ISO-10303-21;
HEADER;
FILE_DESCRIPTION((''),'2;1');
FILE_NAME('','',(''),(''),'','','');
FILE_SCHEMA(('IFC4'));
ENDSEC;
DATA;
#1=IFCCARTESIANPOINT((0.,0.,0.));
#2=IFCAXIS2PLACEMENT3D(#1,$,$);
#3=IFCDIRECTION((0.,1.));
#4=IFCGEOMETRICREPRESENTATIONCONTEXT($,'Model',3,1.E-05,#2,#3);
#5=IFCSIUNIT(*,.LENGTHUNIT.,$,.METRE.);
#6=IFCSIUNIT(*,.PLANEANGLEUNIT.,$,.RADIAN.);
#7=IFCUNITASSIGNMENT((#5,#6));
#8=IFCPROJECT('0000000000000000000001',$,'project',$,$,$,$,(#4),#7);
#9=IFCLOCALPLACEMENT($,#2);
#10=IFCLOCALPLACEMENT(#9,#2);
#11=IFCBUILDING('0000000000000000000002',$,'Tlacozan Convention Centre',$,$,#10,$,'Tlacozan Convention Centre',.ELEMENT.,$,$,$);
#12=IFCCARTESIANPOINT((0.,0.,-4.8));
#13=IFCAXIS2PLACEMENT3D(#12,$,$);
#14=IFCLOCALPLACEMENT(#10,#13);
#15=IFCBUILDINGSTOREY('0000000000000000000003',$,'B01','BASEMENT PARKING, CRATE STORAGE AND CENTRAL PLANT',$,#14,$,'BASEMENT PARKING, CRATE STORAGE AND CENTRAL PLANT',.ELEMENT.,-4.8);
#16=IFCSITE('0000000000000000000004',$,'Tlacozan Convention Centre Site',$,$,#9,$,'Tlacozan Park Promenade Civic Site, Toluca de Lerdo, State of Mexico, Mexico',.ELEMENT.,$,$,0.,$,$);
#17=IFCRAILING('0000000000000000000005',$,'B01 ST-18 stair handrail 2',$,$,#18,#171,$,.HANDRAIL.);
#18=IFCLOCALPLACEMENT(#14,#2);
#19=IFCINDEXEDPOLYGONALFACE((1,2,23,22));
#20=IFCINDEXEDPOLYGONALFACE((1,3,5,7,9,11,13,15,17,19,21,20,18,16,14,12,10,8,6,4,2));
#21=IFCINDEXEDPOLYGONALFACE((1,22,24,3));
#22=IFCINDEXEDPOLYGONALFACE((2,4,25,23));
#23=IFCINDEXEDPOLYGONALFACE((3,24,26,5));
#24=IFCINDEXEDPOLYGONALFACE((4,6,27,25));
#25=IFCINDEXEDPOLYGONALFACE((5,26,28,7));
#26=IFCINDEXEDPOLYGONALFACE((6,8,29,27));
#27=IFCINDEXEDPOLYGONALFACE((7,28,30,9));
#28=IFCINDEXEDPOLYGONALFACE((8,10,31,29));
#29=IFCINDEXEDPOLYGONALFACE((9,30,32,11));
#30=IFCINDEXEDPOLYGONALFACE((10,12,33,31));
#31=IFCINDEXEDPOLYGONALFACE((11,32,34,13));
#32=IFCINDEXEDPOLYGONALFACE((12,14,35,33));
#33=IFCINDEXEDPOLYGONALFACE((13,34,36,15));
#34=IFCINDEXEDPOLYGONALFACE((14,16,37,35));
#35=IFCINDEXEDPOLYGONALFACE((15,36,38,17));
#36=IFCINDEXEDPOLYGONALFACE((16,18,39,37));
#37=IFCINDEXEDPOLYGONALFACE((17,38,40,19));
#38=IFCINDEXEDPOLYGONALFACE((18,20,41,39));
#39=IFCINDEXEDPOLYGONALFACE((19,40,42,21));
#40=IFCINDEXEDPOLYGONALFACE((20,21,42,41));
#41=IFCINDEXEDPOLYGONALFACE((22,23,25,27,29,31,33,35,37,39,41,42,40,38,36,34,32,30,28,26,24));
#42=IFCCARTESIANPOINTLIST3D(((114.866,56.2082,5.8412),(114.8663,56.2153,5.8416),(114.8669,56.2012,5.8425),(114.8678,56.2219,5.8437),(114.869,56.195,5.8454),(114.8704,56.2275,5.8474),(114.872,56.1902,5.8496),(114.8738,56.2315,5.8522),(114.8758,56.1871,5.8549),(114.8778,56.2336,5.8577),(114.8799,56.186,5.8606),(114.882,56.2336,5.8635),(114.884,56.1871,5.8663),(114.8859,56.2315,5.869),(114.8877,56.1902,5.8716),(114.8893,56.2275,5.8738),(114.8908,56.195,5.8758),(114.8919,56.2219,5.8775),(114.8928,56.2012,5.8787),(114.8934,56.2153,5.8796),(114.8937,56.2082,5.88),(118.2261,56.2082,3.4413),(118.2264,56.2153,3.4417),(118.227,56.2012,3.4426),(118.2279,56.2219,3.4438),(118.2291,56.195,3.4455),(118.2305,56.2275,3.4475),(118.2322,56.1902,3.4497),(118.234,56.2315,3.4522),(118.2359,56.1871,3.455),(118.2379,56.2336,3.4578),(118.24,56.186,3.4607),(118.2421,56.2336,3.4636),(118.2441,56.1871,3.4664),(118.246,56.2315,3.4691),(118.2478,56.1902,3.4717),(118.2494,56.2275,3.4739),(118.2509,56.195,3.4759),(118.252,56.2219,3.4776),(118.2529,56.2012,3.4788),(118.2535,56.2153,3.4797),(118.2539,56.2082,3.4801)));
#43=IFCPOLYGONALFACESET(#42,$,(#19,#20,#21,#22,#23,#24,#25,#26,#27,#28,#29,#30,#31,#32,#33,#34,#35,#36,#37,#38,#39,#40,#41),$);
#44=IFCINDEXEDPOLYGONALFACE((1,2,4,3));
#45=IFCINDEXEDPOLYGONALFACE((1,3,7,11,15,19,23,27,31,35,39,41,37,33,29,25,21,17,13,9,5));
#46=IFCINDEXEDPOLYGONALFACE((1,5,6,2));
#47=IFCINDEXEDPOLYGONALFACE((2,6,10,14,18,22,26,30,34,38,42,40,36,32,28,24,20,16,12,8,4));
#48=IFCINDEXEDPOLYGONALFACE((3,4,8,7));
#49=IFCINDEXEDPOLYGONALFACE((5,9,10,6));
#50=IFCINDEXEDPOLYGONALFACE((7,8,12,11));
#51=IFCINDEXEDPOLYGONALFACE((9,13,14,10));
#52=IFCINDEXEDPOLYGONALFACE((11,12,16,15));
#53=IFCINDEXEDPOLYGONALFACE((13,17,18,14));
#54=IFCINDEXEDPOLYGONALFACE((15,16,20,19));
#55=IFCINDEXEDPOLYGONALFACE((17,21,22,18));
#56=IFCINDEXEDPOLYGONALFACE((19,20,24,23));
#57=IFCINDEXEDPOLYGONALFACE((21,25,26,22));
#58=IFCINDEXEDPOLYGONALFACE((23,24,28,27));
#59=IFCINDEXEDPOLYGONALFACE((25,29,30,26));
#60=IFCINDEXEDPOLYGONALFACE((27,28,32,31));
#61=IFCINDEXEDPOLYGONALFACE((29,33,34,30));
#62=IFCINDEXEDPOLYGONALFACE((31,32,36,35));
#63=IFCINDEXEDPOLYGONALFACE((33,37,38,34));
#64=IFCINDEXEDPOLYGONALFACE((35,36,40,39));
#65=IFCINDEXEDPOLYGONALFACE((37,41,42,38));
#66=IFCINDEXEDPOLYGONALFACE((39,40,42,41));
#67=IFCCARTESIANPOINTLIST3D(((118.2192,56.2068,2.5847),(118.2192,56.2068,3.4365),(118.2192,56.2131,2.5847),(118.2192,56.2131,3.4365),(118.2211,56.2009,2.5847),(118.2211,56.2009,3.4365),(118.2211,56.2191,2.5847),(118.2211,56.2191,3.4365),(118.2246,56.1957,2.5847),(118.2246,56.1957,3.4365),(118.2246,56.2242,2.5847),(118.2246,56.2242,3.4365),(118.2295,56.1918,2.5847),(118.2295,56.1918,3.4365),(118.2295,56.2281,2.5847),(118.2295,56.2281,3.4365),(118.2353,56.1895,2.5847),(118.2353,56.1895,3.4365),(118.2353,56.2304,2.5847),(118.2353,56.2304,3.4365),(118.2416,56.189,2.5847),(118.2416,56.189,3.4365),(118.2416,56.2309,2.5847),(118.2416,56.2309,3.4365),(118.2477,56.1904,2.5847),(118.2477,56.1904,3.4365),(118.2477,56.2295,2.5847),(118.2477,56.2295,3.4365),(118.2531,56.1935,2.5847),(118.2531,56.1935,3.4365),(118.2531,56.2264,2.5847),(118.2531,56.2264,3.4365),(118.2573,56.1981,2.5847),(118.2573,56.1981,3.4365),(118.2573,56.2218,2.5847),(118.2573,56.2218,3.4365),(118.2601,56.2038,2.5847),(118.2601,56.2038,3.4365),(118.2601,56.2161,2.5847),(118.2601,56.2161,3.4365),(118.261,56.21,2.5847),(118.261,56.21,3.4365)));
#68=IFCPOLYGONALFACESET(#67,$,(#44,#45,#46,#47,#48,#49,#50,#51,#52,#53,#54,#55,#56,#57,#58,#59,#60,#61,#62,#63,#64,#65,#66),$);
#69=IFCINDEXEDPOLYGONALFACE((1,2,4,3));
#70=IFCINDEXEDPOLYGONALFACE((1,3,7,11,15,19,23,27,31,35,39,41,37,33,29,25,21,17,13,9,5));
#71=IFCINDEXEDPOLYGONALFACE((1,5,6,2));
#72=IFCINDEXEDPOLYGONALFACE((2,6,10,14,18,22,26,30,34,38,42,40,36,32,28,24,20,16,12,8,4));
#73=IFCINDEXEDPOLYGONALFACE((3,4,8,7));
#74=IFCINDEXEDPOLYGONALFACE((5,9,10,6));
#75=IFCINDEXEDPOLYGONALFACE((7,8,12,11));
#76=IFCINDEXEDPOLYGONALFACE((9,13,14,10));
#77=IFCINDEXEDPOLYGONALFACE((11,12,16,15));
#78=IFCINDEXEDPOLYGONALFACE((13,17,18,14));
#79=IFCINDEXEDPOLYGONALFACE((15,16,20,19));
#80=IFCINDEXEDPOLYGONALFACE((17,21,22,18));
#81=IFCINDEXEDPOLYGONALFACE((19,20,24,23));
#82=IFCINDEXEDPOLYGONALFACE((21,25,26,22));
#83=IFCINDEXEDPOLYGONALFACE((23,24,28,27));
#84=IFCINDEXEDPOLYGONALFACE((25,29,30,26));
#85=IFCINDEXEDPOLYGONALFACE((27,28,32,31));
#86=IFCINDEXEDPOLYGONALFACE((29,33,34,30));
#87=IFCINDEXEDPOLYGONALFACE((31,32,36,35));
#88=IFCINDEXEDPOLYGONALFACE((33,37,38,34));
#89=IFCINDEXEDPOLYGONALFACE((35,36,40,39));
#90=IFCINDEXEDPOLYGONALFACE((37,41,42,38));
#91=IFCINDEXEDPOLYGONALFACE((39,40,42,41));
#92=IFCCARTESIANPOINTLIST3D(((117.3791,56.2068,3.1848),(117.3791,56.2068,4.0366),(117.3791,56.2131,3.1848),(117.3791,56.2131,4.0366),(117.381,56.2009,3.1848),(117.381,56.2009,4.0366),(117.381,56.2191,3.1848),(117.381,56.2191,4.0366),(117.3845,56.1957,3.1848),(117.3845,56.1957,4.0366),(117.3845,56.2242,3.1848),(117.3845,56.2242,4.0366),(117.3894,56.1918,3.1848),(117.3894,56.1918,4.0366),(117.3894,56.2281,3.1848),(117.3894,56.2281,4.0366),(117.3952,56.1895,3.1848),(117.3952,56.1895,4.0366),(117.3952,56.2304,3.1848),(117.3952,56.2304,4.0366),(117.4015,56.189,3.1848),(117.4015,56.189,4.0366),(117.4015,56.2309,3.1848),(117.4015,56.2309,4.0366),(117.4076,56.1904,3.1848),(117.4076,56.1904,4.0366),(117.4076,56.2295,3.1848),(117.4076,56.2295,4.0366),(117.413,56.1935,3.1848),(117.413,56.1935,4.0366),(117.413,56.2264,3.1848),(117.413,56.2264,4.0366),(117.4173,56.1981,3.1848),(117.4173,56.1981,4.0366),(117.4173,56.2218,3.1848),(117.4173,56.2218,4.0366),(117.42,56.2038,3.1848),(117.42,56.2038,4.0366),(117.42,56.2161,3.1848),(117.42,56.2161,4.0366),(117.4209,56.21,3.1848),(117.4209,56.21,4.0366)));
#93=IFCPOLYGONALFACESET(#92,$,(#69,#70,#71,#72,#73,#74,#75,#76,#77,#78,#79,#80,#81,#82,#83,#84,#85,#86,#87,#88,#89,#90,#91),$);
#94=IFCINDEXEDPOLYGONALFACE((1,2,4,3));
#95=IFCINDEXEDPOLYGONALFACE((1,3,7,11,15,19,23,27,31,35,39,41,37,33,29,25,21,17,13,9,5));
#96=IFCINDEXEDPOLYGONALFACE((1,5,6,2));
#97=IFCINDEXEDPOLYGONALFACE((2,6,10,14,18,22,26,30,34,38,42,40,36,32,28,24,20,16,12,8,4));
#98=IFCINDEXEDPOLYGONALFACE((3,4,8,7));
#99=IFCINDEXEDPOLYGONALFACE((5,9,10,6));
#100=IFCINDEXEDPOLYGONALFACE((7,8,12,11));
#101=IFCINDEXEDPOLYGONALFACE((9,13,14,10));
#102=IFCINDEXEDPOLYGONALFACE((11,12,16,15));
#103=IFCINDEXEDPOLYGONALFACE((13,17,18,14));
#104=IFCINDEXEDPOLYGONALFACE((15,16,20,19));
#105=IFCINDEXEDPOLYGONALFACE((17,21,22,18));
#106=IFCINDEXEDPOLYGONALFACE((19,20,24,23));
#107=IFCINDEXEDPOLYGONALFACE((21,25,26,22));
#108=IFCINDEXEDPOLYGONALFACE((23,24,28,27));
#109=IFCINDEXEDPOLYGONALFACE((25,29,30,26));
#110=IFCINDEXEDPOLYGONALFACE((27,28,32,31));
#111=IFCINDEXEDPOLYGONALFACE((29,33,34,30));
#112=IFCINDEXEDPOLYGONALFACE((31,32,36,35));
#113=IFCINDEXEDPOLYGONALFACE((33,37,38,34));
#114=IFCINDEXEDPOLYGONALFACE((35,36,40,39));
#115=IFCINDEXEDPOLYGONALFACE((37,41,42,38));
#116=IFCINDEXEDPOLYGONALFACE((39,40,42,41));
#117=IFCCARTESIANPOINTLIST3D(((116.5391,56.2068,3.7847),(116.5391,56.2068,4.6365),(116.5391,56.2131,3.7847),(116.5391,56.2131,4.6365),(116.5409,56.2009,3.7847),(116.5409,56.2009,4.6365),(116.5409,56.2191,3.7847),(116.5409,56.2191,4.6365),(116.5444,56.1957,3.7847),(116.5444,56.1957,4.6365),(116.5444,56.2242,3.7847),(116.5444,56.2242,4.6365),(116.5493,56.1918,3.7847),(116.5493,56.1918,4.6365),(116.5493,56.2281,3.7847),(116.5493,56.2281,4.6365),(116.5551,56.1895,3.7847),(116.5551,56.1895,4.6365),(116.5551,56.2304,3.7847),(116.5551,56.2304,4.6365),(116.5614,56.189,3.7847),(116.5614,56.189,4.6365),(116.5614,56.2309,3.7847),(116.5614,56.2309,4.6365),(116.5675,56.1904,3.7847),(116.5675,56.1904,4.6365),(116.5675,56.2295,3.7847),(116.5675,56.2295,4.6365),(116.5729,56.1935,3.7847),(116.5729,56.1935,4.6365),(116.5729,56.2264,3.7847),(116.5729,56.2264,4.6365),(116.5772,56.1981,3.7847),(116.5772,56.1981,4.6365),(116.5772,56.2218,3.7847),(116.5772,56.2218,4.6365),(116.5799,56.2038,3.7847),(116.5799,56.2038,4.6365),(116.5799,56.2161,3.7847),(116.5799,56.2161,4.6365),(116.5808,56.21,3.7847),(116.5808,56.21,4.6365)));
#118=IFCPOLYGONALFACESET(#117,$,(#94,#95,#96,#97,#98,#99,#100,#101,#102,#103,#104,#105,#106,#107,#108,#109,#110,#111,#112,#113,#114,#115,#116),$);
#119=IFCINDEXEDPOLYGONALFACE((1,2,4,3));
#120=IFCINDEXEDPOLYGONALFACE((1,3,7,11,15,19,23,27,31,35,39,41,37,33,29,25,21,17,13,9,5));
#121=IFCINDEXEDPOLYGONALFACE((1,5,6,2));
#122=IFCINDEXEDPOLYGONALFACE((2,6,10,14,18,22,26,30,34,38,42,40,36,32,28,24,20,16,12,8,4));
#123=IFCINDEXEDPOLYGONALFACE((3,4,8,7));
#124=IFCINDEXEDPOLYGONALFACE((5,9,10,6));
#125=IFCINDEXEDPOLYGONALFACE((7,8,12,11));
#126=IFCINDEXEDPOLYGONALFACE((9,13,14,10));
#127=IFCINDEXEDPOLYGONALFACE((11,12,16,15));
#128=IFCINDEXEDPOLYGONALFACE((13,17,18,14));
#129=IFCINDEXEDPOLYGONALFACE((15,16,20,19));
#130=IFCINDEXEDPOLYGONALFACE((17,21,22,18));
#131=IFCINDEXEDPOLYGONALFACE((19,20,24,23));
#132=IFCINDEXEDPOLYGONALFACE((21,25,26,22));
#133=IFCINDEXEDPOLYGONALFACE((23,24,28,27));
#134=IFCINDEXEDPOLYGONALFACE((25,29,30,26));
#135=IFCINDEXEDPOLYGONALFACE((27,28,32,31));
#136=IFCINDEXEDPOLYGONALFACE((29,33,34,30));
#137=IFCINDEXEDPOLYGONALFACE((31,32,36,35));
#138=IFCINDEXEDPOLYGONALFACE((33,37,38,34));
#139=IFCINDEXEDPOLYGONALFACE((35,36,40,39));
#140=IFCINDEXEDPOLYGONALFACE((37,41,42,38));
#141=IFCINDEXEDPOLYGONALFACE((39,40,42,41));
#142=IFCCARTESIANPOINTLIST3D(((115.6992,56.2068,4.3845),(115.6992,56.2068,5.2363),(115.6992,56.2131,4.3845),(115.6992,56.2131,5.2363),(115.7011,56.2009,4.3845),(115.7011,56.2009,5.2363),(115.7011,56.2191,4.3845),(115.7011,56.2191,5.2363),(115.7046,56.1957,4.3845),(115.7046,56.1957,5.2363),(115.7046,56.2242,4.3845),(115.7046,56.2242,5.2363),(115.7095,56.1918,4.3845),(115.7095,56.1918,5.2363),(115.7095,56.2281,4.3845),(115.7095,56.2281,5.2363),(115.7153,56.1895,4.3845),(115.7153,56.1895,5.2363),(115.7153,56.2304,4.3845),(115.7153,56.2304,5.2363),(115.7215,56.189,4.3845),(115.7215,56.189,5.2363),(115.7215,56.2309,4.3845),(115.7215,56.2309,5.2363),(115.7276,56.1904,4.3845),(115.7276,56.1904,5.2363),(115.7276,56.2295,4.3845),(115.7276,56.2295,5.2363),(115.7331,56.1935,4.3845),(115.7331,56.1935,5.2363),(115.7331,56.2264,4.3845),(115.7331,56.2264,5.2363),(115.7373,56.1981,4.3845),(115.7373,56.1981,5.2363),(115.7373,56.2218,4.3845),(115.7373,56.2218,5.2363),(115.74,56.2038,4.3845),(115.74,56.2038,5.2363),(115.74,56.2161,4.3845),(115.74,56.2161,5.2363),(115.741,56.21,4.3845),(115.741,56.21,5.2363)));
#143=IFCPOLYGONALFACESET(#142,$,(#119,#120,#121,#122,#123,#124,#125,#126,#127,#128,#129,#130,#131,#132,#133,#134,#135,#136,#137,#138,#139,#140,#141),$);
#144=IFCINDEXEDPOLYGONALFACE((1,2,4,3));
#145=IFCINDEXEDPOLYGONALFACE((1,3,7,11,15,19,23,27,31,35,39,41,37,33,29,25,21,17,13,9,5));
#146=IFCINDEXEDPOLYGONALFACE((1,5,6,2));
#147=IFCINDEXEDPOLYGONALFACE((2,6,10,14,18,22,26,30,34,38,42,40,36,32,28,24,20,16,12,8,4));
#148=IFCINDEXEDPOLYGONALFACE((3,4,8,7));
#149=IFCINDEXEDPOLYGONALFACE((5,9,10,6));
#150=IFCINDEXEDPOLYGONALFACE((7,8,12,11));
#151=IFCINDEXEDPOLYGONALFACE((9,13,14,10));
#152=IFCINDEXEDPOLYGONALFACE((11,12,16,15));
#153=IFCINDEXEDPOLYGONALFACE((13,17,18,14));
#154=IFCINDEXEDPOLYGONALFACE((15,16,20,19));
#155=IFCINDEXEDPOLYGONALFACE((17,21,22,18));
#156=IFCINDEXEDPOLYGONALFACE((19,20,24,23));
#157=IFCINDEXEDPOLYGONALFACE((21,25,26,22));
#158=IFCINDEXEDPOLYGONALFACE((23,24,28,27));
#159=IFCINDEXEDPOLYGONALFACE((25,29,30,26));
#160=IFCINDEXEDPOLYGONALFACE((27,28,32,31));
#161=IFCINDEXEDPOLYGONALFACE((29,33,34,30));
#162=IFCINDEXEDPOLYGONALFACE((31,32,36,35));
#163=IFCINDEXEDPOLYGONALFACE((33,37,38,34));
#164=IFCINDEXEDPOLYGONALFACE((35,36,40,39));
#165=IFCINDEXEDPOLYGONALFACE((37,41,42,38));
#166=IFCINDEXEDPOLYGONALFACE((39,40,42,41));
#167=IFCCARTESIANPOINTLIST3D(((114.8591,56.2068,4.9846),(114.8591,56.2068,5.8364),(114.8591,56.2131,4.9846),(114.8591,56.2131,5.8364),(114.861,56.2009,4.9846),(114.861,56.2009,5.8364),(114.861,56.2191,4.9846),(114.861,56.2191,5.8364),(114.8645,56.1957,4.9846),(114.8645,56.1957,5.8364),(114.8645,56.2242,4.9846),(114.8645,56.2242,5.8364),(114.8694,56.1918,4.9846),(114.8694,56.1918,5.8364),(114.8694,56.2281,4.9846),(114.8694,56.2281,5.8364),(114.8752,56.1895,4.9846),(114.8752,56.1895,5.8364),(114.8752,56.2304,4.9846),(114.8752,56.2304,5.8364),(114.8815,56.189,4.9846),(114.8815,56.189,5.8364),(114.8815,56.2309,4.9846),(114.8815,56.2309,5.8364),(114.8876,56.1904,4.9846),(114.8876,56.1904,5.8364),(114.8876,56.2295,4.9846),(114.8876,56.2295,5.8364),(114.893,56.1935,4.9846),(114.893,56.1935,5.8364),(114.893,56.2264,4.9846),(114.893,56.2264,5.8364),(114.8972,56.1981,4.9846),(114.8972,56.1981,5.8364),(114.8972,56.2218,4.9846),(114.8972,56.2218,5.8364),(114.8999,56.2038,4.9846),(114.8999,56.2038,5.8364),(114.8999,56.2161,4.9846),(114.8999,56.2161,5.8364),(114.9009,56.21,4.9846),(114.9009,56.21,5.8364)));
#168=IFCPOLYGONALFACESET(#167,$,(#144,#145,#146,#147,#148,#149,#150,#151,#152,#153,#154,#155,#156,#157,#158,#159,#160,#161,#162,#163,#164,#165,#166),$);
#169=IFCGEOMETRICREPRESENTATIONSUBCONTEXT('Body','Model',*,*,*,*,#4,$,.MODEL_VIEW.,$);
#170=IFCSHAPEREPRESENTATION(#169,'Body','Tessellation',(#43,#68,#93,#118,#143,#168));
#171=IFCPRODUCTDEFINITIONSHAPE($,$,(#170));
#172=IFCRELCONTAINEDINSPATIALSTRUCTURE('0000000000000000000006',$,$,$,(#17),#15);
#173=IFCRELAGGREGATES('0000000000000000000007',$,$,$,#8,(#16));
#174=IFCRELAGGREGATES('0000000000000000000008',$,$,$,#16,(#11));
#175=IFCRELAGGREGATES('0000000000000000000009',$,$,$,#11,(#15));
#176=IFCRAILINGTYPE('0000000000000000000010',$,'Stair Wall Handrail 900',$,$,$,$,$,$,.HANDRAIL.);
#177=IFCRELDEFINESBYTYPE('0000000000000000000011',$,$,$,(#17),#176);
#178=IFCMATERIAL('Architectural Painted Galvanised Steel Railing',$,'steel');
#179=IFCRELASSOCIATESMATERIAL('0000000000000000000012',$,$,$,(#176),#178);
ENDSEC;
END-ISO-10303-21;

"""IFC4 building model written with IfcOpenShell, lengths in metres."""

from ifc_helpers import new_model, si_unit, direction, frame, origin, origin_2d, place, context, subcontext, project, spatial, circle, extrude, material, type_object, element, save


model = new_model("IFC4")

# Units and contexts
model_context = context("Model", 3, precision=1e-05, world=origin(), true_north=direction((0.0, 1.0)))
body_context = subcontext(model_context, "Body", "Model", "MODEL_VIEW")
ifc_project = project(units=[si_unit("LENGTHUNIT", "METRE"), si_unit("PLANEANGLEUNIT", "RADIAN")], contexts=[model_context])

# Site, building, storey
site_placement = place(None, origin())
site = spatial("IfcSite", under=ifc_project, at=site_placement, Name="Tlacozan Convention Centre Site", LongName="Tlacozan Park Promenade Civic Site, Toluca de Lerdo, State of Mexico, Mexico", CompositionType="ELEMENT", RefElevation=0.0)
building_placement = place(site_placement, origin())
building = spatial("IfcBuilding", under=site, at=building_placement, Name="Tlacozan Convention Centre", LongName="Tlacozan Convention Centre", CompositionType="ELEMENT")
storey_placement = place(building_placement, frame((0.0, 0.0, -4.8)))
storey = spatial("IfcBuildingStorey", under=building, at=storey_placement, Name="B01", Description="BASEMENT PARKING, CRATE STORAGE AND CENTRAL PLANT", LongName="BASEMENT PARKING, CRATE STORAGE AND CENTRAL PLANT", CompositionType="ELEMENT", Elevation=-4.8)

# Railing
ifc_material_1 = material(Name="Architectural Painted Galvanised Steel Railing", Category="steel")
railing_type_1 = type_object("IfcRailingType", Name="Stair Wall Handrail 900", PredefinedType="HANDRAIL", material=ifc_material_1)
railing_1_placement = place(storey_placement, frame((118.24, 56.21, 2.5847)))
element("IfcRailing", 1, at=railing_1_placement, inside=storey, type_object=railing_type_1, Name="B01 ST-18 stair handrail 2", PredefinedType="HANDRAIL", context=body_context, shape_type="SweptSolid", body=[
    extrude(circle(Radius=0.0239, at=origin_2d()), frame((0.0, 0.0, 0.876), z_axis=(-0.813753, 0.0, 0.58121), x_axis=(0.0, -1.0, 0.0)), (0.0, 0.0, 1.0), 4.1292),
    extrude(circle(Radius=0.021, at=origin_2d()), origin(), (0.0, 0.0, 1.0), 0.8518),
    extrude(circle(Radius=0.021, at=origin_2d()), frame((-0.8401, 0.0, 0.6001)), (0.0, 0.0, 1.0), 0.8518),
    extrude(circle(Radius=0.021, at=origin_2d()), frame((-1.6802, 0.0, 1.2)), (0.0, 0.0, 1.0), 0.8518),
    extrude(circle(Radius=0.021, at=origin_2d()), frame((-2.52, 0.0, 1.7998)), (0.0, 0.0, 1.0), 0.8518),
    extrude(circle(Radius=0.021, at=origin_2d()), frame((-3.3601, 0.0, 2.3999)), (0.0, 0.0, 1.0), 0.8518),
])

save(model, "model.ifc")
